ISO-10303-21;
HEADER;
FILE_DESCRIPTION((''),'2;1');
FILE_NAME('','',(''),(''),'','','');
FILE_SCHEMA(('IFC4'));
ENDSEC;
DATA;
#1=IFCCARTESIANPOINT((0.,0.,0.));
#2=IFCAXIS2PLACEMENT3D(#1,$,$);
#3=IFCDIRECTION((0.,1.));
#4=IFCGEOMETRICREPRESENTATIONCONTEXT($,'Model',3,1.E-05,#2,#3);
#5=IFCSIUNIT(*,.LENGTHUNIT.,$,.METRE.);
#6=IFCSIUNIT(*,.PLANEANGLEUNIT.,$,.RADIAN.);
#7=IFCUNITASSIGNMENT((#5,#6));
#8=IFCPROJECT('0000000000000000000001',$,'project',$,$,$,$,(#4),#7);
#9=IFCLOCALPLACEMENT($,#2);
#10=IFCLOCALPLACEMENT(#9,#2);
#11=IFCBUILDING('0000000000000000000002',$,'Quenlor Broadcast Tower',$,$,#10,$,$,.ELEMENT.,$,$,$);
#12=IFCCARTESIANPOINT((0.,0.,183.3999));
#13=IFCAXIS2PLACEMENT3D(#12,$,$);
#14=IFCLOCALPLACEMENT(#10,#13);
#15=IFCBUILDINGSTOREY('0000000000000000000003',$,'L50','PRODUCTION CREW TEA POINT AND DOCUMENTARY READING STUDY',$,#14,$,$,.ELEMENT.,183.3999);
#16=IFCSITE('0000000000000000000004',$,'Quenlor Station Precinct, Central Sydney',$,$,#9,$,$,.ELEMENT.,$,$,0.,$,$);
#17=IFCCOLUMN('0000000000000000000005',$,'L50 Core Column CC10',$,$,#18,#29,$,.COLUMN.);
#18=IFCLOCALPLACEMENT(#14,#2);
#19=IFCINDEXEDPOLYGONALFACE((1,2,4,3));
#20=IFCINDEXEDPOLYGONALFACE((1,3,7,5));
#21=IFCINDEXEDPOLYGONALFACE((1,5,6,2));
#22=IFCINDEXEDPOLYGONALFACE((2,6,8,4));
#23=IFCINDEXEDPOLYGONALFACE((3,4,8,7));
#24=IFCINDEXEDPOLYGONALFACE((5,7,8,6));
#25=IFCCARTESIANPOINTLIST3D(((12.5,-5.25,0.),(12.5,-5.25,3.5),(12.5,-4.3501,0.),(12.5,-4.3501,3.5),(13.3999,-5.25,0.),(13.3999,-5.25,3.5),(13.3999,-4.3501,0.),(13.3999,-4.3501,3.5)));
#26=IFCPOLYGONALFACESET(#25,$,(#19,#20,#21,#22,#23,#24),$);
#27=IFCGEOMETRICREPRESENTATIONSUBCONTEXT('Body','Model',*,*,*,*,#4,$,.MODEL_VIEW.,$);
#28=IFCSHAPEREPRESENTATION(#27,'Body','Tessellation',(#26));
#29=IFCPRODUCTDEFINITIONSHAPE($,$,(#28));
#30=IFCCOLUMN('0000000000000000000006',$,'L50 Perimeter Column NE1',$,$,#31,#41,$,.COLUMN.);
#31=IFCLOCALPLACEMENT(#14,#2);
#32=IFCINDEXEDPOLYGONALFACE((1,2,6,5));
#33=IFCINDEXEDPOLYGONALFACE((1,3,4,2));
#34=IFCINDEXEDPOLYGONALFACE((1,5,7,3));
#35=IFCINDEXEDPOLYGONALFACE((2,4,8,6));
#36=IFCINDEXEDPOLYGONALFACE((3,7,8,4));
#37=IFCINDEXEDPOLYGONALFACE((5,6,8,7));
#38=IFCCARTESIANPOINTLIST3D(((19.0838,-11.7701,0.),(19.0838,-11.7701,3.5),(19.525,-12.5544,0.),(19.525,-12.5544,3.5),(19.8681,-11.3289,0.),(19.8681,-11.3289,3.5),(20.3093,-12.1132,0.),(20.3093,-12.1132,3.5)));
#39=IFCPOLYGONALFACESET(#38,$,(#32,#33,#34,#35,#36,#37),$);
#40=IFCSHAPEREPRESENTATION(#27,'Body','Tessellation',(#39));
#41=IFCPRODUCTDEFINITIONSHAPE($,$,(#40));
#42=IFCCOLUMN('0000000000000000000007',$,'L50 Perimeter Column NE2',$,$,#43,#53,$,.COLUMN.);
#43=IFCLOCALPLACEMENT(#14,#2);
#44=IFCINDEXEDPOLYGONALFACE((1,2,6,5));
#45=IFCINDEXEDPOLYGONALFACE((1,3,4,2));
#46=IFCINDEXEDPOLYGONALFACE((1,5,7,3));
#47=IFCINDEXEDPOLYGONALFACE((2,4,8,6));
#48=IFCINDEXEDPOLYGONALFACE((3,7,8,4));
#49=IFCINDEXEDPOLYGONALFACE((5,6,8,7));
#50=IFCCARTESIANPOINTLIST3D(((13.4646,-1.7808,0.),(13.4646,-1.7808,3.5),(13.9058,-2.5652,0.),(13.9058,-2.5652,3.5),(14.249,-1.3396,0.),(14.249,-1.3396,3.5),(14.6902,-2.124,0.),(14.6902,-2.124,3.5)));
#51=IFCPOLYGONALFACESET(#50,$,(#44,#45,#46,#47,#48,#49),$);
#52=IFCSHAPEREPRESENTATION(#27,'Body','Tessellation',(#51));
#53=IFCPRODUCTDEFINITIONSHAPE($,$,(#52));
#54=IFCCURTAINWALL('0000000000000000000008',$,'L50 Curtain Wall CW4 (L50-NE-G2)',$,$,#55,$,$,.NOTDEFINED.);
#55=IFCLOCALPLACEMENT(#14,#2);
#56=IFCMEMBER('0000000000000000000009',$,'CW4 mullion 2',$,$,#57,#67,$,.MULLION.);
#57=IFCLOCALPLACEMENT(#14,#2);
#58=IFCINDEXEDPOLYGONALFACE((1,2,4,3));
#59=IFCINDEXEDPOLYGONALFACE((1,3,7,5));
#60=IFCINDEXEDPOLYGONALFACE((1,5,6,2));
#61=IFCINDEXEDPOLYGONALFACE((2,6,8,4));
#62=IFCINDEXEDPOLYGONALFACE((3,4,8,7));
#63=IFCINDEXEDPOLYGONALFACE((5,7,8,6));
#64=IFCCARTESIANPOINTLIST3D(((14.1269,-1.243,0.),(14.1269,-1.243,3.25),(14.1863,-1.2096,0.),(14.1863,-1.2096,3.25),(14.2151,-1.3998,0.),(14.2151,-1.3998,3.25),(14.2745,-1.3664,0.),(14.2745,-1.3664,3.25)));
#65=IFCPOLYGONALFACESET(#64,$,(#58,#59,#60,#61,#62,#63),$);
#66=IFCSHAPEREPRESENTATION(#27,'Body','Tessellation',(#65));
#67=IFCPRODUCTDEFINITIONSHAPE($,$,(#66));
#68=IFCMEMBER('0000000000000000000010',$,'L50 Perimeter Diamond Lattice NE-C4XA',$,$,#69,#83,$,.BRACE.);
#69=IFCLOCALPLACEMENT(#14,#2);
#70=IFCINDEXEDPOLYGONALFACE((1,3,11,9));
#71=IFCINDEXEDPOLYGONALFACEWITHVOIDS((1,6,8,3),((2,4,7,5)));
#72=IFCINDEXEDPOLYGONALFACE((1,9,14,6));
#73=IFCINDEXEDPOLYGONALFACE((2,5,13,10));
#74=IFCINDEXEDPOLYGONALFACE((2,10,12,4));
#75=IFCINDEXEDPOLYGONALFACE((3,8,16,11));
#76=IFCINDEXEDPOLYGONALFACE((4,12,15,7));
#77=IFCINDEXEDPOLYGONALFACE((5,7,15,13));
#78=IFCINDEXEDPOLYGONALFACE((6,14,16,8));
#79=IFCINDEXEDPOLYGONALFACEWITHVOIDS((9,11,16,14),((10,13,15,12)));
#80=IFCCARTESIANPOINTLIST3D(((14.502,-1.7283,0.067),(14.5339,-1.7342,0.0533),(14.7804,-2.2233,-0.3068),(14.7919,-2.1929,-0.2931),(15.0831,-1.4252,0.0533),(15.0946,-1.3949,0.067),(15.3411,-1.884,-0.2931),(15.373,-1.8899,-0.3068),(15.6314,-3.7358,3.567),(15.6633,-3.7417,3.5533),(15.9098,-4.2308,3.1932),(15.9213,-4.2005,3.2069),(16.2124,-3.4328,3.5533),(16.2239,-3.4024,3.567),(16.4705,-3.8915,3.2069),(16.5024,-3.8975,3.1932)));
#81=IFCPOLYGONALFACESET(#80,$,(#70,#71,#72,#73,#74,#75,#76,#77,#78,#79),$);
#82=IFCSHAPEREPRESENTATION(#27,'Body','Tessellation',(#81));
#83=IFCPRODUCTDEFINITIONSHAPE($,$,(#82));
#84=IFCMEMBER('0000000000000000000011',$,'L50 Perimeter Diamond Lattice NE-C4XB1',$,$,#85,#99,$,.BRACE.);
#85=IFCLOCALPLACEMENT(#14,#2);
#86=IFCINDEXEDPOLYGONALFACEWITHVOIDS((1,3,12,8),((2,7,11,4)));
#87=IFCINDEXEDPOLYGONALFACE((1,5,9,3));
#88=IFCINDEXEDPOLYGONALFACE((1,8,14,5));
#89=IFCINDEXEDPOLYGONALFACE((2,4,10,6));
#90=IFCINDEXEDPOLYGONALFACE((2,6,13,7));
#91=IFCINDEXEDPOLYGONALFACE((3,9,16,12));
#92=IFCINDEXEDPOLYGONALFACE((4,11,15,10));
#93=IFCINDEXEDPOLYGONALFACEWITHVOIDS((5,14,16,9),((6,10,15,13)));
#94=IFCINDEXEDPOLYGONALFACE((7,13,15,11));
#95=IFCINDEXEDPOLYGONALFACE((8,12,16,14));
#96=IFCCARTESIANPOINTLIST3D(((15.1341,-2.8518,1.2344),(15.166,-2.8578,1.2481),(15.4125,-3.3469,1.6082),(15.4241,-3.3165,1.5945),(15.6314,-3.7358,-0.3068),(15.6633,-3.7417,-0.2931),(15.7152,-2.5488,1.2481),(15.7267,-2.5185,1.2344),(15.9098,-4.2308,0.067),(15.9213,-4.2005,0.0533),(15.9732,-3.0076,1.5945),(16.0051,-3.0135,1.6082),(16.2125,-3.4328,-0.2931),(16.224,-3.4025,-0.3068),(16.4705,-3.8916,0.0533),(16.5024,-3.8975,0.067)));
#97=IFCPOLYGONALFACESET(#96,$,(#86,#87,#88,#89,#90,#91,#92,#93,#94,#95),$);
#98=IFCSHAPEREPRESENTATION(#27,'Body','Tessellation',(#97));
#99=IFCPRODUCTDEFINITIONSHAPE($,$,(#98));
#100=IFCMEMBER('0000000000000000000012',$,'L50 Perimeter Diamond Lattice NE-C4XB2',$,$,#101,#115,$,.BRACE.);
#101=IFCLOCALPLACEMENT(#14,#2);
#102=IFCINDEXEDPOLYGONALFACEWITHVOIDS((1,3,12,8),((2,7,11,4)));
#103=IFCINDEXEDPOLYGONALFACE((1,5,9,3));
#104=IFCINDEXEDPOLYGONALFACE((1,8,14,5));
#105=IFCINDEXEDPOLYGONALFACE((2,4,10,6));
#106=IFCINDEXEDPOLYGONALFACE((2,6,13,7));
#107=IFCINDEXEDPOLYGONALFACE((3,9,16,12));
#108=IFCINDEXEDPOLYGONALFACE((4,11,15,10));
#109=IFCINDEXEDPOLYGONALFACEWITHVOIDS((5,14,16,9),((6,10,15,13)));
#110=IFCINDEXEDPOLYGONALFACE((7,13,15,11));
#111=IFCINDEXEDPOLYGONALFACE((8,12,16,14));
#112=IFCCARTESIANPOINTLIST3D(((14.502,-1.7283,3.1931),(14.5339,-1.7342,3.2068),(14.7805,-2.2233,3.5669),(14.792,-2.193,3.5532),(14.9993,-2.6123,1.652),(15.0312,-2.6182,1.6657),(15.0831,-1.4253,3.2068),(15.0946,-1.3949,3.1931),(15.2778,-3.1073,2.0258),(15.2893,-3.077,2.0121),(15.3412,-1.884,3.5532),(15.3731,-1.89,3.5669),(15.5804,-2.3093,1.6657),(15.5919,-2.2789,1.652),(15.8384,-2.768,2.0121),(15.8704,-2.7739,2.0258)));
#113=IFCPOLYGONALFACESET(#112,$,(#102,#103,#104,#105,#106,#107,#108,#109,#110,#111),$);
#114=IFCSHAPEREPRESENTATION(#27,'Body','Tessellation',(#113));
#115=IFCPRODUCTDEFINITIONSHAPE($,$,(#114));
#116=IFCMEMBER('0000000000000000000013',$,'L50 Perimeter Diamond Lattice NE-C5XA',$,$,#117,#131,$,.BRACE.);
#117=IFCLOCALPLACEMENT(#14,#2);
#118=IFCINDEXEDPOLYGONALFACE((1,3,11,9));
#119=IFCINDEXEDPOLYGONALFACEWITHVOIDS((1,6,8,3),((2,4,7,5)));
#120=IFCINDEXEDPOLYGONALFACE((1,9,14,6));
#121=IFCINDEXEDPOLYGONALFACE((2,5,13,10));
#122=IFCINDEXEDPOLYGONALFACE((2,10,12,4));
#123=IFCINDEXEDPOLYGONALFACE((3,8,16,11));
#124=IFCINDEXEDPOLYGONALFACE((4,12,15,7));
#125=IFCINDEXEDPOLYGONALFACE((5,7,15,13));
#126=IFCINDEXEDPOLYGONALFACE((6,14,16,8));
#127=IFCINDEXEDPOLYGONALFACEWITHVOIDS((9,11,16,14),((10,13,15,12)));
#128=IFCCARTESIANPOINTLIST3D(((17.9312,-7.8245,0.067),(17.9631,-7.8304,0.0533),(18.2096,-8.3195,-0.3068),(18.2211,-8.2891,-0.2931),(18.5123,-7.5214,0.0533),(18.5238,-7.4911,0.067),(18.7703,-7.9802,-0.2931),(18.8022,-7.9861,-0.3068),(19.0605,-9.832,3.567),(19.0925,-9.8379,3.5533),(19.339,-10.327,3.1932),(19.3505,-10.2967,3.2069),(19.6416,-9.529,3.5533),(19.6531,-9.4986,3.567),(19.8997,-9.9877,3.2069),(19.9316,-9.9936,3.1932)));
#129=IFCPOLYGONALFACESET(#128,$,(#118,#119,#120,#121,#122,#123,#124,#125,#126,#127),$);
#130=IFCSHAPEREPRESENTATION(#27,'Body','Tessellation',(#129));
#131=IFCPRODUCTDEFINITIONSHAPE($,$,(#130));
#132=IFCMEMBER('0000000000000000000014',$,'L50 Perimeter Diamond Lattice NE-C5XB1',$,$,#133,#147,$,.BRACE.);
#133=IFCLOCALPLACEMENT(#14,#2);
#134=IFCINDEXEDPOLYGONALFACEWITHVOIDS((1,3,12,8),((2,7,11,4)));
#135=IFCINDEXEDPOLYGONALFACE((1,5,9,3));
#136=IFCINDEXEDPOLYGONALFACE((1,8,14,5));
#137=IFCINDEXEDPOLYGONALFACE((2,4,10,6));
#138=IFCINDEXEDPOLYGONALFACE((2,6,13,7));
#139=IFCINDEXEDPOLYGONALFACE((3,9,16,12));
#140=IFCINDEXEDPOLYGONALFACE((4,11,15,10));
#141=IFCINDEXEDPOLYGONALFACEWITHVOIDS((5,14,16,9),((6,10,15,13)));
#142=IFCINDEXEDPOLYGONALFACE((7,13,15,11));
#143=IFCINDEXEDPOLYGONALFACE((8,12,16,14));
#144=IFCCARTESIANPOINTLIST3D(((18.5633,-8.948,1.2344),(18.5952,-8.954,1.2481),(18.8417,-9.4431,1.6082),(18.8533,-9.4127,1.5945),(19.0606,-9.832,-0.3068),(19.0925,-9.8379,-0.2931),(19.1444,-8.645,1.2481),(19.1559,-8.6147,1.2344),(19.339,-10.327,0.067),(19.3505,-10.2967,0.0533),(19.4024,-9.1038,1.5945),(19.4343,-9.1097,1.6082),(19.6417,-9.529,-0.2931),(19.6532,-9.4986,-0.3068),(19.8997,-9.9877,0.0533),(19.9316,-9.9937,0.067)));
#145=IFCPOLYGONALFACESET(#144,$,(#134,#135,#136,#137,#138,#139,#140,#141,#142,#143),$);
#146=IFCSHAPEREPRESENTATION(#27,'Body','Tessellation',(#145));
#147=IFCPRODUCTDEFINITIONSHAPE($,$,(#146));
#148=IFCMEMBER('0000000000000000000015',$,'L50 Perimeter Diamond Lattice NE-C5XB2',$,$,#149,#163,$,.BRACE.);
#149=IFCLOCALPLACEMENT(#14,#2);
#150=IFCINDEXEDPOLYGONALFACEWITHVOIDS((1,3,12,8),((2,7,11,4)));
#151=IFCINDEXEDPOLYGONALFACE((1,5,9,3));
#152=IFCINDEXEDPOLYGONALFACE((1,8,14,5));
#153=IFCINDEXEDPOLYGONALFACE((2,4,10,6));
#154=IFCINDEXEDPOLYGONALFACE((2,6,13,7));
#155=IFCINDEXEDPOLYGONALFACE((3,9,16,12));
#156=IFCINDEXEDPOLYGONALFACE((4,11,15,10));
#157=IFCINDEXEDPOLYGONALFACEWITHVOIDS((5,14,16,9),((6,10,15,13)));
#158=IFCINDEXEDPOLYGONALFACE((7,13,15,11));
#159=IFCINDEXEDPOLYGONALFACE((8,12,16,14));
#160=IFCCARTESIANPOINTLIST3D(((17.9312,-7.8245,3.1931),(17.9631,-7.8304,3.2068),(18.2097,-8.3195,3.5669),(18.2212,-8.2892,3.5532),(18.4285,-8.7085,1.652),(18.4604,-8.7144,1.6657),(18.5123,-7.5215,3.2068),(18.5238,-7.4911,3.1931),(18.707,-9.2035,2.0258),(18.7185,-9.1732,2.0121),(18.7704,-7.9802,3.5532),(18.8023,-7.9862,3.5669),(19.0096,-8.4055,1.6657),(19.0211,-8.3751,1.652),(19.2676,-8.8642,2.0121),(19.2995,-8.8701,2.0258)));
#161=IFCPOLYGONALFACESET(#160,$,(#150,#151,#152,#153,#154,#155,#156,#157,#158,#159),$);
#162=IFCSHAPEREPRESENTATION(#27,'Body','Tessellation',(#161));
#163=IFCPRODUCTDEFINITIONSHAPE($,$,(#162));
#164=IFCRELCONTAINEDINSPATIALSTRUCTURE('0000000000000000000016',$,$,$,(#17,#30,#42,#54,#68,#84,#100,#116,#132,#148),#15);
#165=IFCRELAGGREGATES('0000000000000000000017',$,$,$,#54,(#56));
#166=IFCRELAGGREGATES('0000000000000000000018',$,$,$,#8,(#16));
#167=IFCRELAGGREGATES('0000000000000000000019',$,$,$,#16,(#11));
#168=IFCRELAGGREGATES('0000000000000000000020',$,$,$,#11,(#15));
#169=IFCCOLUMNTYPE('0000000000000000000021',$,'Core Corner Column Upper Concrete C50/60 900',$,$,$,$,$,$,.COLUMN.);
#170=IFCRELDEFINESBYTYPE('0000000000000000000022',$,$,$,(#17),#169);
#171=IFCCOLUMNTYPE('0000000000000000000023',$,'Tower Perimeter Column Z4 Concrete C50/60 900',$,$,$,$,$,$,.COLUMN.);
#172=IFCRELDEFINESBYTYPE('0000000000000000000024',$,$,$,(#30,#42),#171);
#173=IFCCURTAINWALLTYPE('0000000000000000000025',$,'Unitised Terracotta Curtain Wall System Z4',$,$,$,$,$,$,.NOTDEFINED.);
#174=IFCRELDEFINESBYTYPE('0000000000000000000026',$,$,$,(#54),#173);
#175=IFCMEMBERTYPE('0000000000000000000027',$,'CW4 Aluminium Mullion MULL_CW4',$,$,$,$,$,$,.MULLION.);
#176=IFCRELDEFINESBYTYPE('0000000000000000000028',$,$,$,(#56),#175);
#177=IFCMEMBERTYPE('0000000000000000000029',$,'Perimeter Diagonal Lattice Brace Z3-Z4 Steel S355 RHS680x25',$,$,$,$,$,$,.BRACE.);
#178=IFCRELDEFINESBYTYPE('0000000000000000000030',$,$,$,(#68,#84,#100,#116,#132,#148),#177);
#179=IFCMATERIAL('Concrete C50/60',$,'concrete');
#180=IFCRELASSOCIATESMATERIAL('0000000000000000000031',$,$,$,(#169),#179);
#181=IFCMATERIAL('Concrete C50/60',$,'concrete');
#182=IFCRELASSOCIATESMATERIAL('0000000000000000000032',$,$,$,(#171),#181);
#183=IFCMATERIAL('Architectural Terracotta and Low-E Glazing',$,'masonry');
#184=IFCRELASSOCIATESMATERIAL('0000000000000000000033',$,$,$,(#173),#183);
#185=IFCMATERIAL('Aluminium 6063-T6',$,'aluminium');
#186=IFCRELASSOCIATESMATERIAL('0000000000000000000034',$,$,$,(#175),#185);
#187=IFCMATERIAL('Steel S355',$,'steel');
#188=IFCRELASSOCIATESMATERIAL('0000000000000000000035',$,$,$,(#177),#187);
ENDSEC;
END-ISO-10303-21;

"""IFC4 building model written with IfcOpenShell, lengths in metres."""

from ifc_helpers import new_model, si_unit, direction, frame, origin, origin_2d, place, context, subcontext, project, spatial, rectangle, hollow_rectangle, extrude, material, material_profile, profile_set, type_object, element, aggregate, save


model = new_model("IFC4")

# Units and contexts
model_context = context("Model", 3, precision=1e-05, world=origin(), true_north=direction((0.0, 1.0)))
body_context = subcontext(model_context, "Body", "Model", "MODEL_VIEW")
ifc_project = project(units=[si_unit("LENGTHUNIT", "METRE"), si_unit("PLANEANGLEUNIT", "RADIAN")], contexts=[model_context])

# Site, building, storey
site_placement = place(None, origin())
site = spatial("IfcSite", under=ifc_project, at=site_placement, Name="Quenlor Station Precinct, Central Sydney", CompositionType="ELEMENT", RefElevation=0.0)
building_placement = place(site_placement, origin())
building = spatial("IfcBuilding", under=site, at=building_placement, Name="Quenlor Broadcast Tower", CompositionType="ELEMENT")
storey_placement = place(building_placement, frame((0.0, 0.0, 183.3999)))
storey = spatial("IfcBuildingStorey", under=building, at=storey_placement, Name="L50", Description="PRODUCTION CREW TEA POINT AND DOCUMENTARY READING STUDY", CompositionType="ELEMENT", Elevation=183.3999)

# Columns
ifc_material_1 = material(Name="Concrete C50/60", Category="concrete")
ifc_material_profile_1 = material_profile(ifc_material_1, rectangle(XDim=0.8999, YDim=0.8999, at=origin_2d()))
ifc_profile_set_1 = profile_set([ifc_material_profile_1], Name="Concrete C50/60 RC900x900")
column_type_1 = type_object("IfcColumnType", Name="Core Corner Column Upper Concrete C50/60 900", PredefinedType="COLUMN", material=ifc_profile_set_1)
column_placement = place(storey_placement, frame((12.95, -4.8, 0.0), z_axis=(0.0, 0.0, 1.0), x_axis=(1.0, 0.0, 0.0)))
element("IfcColumn", 1, at=column_placement, inside=storey, type_object=column_type_1, Name="L50 Core Column CC10", PredefinedType="COLUMN", context=body_context, shape_type="SweptSolid", body=[
    extrude(rectangle(XDim=0.8999, YDim=0.8999, at=origin_2d()), origin(), (0.0, 0.0, 1.0), 3.5),
])
ifc_material_2 = material(Name="Concrete C50/60", Category="concrete")
ifc_material_profile_2 = material_profile(ifc_material_2, rectangle(XDim=0.8999, YDim=0.8999, at=origin_2d()))
ifc_profile_set_2 = profile_set([ifc_material_profile_2], Name="Concrete C50/60 RC900x900")
column_type_2 = type_object("IfcColumnType", Name="Tower Perimeter Column Z4 Concrete C50/60 900", PredefinedType="COLUMN", material=ifc_profile_set_2)
for number, where, z_axis, x_axis, name in (
    (2, (19.6965, -11.9417, 0.0), (0.0, 0.0, 1.0), (0.871575, 0.490262, 0.0), "L50 Perimeter Column NE1"),
    (3, (14.0774, -1.9524, 0.0), (0.0, 0.0, 1.0), (0.871575, 0.490262, 0.0), "L50 Perimeter Column NE2"),
):
    element("IfcColumn", number, at=place(storey_placement, frame(where, z_axis=z_axis, x_axis=x_axis)), inside=storey, type_object=column_type_2, Name=name, PredefinedType="COLUMN", context=body_context, shape_type="SweptSolid", body=[
        extrude(rectangle(XDim=0.8999, YDim=0.8999, at=origin_2d()), origin(), (0.0, 0.0, 1.0), 3.5),
    ])

# Curtain wall, member
ifc_material_3 = material(Name="Architectural Terracotta and Low-E Glazing", Category="masonry")
curtain_wall_type = type_object("IfcCurtainWallType", Name="Unitised Terracotta Curtain Wall System Z4", PredefinedType="NOTDEFINED", material=ifc_material_3)
curtain_wall_placement = place(storey_placement, origin())
curtain_wall = element("IfcCurtainWall", 4, at=curtain_wall_placement, inside=storey, type_object=curtain_wall_type, Name="L50 Curtain Wall CW4 (L50-NE-G2)", PredefinedType="NOTDEFINED")
ifc_material_4 = material(Name="Aluminium 6063-T6", Category="aluminium")
ifc_material_profile_3 = material_profile(ifc_material_4, rectangle(XDim=0.0681, YDim=0.1799, at=origin_2d()))
ifc_profile_set_3 = profile_set([ifc_material_profile_3], Name="Aluminium 6063-T6 MULL68x180")
member_type_1 = type_object("IfcMemberType", Name="CW4 Aluminium Mullion MULL_CW4", PredefinedType="MULLION", material=ifc_profile_set_3)
member_1_placement = place(storey_placement, frame((14.2007, -1.3047, 0.0), z_axis=(0.0, 0.0, 1.0), x_axis=(0.871578, 0.490257, 0.0)))
member_1 = element("IfcMember", 5, at=member_1_placement, type_object=member_type_1, Name="CW4 mullion 2", PredefinedType="MULLION", context=body_context, shape_type="SweptSolid", body=[
    extrude(rectangle(XDim=0.0681, YDim=0.1799, at=origin_2d()), origin(), (0.0, 0.0, 1.0), 3.25),
])
aggregate(curtain_wall, [member_1])

# Members
ifc_material_5 = material(Name="Steel S355", Category="steel")
ifc_material_profile_4 = material_profile(ifc_material_5, hollow_rectangle(XDim=0.6799, YDim=0.6799, WallThickness=0.0249, at=origin_2d()))
ifc_profile_set_4 = profile_set([ifc_material_profile_4], Name="Steel S355 RHS680x680x25")
member_type_2 = type_object("IfcMemberType", Name="Perimeter Diagonal Lattice Brace Z3-Z4 Steel S355 RHS680x25", PredefinedType="BRACE", material=ifc_profile_set_4)
member_2_placement = place(storey_placement, frame((14.9375, -1.8091, -0.1199), z_axis=(0.269547, -0.479136, 0.835328), x_axis=(0.87155, 0.490307, 0.0)))
element("IfcMember", 6, at=member_2_placement, inside=storey, type_object=member_type_2, Name="L50 Perimeter Diamond Lattice NE-C4XA", PredefinedType="BRACE", context=body_context, shape_type="SweptSolid", body=[
    extrude(hollow_rectangle(XDim=0.6799, YDim=0.6799, WallThickness=0.0249, at=origin_2d()), origin(), (0.0, 0.0, 1.0), 4.1899),
])
for number, where, z_axis, x_axis, name in (
    (7, (16.0669, -3.8167, -0.1199), (-0.269536, 0.47913, 0.835335), (-0.871556, -0.490296, 0.0), "L50 Perimeter Diamond Lattice NE-C4XB1"),
    (8, (15.4348, -2.6931, 1.8389), (-0.269536, 0.47913, 0.835335), (-0.871556, -0.490296, 0.0), "L50 Perimeter Diamond Lattice NE-C4XB2"),
):
    element("IfcMember", number, at=place(storey_placement, frame(where, z_axis=z_axis, x_axis=x_axis)), inside=storey, type_object=member_type_2, Name=name, PredefinedType="BRACE", context=body_context, shape_type="SweptSolid", body=[
        extrude(hollow_rectangle(XDim=0.6799, YDim=0.6799, WallThickness=0.0249, at=origin_2d()), origin(), (0.0, 0.0, 1.0), 1.845),
    ])
member_3_placement = place(storey_placement, frame((18.3667, -7.9053, -0.1199), z_axis=(0.269547, -0.479136, 0.835328), x_axis=(0.87155, 0.490307, 0.0)))
element("IfcMember", 9, at=member_3_placement, inside=storey, type_object=member_type_2, Name="L50 Perimeter Diamond Lattice NE-C5XA", PredefinedType="BRACE", context=body_context, shape_type="SweptSolid", body=[
    extrude(hollow_rectangle(XDim=0.6799, YDim=0.6799, WallThickness=0.0249, at=origin_2d()), origin(), (0.0, 0.0, 1.0), 4.1899),
])
for number, where, z_axis, x_axis, name in (
    (10, (19.4961, -9.9128, -0.1199), (-0.269536, 0.47913, 0.835335), (-0.871556, -0.490296, 0.0), "L50 Perimeter Diamond Lattice NE-C5XB1"),
    (11, (18.864, -8.7893, 1.8389), (-0.269536, 0.47913, 0.835335), (-0.871556, -0.490296, 0.0), "L50 Perimeter Diamond Lattice NE-C5XB2"),
):
    element("IfcMember", number, at=place(storey_placement, frame(where, z_axis=z_axis, x_axis=x_axis)), inside=storey, type_object=member_type_2, Name=name, PredefinedType="BRACE", context=body_context, shape_type="SweptSolid", body=[
        extrude(hollow_rectangle(XDim=0.6799, YDim=0.6799, WallThickness=0.0249, at=origin_2d()), origin(), (0.0, 0.0, 1.0), 1.845),
    ])

save(model, "model.ifc")
